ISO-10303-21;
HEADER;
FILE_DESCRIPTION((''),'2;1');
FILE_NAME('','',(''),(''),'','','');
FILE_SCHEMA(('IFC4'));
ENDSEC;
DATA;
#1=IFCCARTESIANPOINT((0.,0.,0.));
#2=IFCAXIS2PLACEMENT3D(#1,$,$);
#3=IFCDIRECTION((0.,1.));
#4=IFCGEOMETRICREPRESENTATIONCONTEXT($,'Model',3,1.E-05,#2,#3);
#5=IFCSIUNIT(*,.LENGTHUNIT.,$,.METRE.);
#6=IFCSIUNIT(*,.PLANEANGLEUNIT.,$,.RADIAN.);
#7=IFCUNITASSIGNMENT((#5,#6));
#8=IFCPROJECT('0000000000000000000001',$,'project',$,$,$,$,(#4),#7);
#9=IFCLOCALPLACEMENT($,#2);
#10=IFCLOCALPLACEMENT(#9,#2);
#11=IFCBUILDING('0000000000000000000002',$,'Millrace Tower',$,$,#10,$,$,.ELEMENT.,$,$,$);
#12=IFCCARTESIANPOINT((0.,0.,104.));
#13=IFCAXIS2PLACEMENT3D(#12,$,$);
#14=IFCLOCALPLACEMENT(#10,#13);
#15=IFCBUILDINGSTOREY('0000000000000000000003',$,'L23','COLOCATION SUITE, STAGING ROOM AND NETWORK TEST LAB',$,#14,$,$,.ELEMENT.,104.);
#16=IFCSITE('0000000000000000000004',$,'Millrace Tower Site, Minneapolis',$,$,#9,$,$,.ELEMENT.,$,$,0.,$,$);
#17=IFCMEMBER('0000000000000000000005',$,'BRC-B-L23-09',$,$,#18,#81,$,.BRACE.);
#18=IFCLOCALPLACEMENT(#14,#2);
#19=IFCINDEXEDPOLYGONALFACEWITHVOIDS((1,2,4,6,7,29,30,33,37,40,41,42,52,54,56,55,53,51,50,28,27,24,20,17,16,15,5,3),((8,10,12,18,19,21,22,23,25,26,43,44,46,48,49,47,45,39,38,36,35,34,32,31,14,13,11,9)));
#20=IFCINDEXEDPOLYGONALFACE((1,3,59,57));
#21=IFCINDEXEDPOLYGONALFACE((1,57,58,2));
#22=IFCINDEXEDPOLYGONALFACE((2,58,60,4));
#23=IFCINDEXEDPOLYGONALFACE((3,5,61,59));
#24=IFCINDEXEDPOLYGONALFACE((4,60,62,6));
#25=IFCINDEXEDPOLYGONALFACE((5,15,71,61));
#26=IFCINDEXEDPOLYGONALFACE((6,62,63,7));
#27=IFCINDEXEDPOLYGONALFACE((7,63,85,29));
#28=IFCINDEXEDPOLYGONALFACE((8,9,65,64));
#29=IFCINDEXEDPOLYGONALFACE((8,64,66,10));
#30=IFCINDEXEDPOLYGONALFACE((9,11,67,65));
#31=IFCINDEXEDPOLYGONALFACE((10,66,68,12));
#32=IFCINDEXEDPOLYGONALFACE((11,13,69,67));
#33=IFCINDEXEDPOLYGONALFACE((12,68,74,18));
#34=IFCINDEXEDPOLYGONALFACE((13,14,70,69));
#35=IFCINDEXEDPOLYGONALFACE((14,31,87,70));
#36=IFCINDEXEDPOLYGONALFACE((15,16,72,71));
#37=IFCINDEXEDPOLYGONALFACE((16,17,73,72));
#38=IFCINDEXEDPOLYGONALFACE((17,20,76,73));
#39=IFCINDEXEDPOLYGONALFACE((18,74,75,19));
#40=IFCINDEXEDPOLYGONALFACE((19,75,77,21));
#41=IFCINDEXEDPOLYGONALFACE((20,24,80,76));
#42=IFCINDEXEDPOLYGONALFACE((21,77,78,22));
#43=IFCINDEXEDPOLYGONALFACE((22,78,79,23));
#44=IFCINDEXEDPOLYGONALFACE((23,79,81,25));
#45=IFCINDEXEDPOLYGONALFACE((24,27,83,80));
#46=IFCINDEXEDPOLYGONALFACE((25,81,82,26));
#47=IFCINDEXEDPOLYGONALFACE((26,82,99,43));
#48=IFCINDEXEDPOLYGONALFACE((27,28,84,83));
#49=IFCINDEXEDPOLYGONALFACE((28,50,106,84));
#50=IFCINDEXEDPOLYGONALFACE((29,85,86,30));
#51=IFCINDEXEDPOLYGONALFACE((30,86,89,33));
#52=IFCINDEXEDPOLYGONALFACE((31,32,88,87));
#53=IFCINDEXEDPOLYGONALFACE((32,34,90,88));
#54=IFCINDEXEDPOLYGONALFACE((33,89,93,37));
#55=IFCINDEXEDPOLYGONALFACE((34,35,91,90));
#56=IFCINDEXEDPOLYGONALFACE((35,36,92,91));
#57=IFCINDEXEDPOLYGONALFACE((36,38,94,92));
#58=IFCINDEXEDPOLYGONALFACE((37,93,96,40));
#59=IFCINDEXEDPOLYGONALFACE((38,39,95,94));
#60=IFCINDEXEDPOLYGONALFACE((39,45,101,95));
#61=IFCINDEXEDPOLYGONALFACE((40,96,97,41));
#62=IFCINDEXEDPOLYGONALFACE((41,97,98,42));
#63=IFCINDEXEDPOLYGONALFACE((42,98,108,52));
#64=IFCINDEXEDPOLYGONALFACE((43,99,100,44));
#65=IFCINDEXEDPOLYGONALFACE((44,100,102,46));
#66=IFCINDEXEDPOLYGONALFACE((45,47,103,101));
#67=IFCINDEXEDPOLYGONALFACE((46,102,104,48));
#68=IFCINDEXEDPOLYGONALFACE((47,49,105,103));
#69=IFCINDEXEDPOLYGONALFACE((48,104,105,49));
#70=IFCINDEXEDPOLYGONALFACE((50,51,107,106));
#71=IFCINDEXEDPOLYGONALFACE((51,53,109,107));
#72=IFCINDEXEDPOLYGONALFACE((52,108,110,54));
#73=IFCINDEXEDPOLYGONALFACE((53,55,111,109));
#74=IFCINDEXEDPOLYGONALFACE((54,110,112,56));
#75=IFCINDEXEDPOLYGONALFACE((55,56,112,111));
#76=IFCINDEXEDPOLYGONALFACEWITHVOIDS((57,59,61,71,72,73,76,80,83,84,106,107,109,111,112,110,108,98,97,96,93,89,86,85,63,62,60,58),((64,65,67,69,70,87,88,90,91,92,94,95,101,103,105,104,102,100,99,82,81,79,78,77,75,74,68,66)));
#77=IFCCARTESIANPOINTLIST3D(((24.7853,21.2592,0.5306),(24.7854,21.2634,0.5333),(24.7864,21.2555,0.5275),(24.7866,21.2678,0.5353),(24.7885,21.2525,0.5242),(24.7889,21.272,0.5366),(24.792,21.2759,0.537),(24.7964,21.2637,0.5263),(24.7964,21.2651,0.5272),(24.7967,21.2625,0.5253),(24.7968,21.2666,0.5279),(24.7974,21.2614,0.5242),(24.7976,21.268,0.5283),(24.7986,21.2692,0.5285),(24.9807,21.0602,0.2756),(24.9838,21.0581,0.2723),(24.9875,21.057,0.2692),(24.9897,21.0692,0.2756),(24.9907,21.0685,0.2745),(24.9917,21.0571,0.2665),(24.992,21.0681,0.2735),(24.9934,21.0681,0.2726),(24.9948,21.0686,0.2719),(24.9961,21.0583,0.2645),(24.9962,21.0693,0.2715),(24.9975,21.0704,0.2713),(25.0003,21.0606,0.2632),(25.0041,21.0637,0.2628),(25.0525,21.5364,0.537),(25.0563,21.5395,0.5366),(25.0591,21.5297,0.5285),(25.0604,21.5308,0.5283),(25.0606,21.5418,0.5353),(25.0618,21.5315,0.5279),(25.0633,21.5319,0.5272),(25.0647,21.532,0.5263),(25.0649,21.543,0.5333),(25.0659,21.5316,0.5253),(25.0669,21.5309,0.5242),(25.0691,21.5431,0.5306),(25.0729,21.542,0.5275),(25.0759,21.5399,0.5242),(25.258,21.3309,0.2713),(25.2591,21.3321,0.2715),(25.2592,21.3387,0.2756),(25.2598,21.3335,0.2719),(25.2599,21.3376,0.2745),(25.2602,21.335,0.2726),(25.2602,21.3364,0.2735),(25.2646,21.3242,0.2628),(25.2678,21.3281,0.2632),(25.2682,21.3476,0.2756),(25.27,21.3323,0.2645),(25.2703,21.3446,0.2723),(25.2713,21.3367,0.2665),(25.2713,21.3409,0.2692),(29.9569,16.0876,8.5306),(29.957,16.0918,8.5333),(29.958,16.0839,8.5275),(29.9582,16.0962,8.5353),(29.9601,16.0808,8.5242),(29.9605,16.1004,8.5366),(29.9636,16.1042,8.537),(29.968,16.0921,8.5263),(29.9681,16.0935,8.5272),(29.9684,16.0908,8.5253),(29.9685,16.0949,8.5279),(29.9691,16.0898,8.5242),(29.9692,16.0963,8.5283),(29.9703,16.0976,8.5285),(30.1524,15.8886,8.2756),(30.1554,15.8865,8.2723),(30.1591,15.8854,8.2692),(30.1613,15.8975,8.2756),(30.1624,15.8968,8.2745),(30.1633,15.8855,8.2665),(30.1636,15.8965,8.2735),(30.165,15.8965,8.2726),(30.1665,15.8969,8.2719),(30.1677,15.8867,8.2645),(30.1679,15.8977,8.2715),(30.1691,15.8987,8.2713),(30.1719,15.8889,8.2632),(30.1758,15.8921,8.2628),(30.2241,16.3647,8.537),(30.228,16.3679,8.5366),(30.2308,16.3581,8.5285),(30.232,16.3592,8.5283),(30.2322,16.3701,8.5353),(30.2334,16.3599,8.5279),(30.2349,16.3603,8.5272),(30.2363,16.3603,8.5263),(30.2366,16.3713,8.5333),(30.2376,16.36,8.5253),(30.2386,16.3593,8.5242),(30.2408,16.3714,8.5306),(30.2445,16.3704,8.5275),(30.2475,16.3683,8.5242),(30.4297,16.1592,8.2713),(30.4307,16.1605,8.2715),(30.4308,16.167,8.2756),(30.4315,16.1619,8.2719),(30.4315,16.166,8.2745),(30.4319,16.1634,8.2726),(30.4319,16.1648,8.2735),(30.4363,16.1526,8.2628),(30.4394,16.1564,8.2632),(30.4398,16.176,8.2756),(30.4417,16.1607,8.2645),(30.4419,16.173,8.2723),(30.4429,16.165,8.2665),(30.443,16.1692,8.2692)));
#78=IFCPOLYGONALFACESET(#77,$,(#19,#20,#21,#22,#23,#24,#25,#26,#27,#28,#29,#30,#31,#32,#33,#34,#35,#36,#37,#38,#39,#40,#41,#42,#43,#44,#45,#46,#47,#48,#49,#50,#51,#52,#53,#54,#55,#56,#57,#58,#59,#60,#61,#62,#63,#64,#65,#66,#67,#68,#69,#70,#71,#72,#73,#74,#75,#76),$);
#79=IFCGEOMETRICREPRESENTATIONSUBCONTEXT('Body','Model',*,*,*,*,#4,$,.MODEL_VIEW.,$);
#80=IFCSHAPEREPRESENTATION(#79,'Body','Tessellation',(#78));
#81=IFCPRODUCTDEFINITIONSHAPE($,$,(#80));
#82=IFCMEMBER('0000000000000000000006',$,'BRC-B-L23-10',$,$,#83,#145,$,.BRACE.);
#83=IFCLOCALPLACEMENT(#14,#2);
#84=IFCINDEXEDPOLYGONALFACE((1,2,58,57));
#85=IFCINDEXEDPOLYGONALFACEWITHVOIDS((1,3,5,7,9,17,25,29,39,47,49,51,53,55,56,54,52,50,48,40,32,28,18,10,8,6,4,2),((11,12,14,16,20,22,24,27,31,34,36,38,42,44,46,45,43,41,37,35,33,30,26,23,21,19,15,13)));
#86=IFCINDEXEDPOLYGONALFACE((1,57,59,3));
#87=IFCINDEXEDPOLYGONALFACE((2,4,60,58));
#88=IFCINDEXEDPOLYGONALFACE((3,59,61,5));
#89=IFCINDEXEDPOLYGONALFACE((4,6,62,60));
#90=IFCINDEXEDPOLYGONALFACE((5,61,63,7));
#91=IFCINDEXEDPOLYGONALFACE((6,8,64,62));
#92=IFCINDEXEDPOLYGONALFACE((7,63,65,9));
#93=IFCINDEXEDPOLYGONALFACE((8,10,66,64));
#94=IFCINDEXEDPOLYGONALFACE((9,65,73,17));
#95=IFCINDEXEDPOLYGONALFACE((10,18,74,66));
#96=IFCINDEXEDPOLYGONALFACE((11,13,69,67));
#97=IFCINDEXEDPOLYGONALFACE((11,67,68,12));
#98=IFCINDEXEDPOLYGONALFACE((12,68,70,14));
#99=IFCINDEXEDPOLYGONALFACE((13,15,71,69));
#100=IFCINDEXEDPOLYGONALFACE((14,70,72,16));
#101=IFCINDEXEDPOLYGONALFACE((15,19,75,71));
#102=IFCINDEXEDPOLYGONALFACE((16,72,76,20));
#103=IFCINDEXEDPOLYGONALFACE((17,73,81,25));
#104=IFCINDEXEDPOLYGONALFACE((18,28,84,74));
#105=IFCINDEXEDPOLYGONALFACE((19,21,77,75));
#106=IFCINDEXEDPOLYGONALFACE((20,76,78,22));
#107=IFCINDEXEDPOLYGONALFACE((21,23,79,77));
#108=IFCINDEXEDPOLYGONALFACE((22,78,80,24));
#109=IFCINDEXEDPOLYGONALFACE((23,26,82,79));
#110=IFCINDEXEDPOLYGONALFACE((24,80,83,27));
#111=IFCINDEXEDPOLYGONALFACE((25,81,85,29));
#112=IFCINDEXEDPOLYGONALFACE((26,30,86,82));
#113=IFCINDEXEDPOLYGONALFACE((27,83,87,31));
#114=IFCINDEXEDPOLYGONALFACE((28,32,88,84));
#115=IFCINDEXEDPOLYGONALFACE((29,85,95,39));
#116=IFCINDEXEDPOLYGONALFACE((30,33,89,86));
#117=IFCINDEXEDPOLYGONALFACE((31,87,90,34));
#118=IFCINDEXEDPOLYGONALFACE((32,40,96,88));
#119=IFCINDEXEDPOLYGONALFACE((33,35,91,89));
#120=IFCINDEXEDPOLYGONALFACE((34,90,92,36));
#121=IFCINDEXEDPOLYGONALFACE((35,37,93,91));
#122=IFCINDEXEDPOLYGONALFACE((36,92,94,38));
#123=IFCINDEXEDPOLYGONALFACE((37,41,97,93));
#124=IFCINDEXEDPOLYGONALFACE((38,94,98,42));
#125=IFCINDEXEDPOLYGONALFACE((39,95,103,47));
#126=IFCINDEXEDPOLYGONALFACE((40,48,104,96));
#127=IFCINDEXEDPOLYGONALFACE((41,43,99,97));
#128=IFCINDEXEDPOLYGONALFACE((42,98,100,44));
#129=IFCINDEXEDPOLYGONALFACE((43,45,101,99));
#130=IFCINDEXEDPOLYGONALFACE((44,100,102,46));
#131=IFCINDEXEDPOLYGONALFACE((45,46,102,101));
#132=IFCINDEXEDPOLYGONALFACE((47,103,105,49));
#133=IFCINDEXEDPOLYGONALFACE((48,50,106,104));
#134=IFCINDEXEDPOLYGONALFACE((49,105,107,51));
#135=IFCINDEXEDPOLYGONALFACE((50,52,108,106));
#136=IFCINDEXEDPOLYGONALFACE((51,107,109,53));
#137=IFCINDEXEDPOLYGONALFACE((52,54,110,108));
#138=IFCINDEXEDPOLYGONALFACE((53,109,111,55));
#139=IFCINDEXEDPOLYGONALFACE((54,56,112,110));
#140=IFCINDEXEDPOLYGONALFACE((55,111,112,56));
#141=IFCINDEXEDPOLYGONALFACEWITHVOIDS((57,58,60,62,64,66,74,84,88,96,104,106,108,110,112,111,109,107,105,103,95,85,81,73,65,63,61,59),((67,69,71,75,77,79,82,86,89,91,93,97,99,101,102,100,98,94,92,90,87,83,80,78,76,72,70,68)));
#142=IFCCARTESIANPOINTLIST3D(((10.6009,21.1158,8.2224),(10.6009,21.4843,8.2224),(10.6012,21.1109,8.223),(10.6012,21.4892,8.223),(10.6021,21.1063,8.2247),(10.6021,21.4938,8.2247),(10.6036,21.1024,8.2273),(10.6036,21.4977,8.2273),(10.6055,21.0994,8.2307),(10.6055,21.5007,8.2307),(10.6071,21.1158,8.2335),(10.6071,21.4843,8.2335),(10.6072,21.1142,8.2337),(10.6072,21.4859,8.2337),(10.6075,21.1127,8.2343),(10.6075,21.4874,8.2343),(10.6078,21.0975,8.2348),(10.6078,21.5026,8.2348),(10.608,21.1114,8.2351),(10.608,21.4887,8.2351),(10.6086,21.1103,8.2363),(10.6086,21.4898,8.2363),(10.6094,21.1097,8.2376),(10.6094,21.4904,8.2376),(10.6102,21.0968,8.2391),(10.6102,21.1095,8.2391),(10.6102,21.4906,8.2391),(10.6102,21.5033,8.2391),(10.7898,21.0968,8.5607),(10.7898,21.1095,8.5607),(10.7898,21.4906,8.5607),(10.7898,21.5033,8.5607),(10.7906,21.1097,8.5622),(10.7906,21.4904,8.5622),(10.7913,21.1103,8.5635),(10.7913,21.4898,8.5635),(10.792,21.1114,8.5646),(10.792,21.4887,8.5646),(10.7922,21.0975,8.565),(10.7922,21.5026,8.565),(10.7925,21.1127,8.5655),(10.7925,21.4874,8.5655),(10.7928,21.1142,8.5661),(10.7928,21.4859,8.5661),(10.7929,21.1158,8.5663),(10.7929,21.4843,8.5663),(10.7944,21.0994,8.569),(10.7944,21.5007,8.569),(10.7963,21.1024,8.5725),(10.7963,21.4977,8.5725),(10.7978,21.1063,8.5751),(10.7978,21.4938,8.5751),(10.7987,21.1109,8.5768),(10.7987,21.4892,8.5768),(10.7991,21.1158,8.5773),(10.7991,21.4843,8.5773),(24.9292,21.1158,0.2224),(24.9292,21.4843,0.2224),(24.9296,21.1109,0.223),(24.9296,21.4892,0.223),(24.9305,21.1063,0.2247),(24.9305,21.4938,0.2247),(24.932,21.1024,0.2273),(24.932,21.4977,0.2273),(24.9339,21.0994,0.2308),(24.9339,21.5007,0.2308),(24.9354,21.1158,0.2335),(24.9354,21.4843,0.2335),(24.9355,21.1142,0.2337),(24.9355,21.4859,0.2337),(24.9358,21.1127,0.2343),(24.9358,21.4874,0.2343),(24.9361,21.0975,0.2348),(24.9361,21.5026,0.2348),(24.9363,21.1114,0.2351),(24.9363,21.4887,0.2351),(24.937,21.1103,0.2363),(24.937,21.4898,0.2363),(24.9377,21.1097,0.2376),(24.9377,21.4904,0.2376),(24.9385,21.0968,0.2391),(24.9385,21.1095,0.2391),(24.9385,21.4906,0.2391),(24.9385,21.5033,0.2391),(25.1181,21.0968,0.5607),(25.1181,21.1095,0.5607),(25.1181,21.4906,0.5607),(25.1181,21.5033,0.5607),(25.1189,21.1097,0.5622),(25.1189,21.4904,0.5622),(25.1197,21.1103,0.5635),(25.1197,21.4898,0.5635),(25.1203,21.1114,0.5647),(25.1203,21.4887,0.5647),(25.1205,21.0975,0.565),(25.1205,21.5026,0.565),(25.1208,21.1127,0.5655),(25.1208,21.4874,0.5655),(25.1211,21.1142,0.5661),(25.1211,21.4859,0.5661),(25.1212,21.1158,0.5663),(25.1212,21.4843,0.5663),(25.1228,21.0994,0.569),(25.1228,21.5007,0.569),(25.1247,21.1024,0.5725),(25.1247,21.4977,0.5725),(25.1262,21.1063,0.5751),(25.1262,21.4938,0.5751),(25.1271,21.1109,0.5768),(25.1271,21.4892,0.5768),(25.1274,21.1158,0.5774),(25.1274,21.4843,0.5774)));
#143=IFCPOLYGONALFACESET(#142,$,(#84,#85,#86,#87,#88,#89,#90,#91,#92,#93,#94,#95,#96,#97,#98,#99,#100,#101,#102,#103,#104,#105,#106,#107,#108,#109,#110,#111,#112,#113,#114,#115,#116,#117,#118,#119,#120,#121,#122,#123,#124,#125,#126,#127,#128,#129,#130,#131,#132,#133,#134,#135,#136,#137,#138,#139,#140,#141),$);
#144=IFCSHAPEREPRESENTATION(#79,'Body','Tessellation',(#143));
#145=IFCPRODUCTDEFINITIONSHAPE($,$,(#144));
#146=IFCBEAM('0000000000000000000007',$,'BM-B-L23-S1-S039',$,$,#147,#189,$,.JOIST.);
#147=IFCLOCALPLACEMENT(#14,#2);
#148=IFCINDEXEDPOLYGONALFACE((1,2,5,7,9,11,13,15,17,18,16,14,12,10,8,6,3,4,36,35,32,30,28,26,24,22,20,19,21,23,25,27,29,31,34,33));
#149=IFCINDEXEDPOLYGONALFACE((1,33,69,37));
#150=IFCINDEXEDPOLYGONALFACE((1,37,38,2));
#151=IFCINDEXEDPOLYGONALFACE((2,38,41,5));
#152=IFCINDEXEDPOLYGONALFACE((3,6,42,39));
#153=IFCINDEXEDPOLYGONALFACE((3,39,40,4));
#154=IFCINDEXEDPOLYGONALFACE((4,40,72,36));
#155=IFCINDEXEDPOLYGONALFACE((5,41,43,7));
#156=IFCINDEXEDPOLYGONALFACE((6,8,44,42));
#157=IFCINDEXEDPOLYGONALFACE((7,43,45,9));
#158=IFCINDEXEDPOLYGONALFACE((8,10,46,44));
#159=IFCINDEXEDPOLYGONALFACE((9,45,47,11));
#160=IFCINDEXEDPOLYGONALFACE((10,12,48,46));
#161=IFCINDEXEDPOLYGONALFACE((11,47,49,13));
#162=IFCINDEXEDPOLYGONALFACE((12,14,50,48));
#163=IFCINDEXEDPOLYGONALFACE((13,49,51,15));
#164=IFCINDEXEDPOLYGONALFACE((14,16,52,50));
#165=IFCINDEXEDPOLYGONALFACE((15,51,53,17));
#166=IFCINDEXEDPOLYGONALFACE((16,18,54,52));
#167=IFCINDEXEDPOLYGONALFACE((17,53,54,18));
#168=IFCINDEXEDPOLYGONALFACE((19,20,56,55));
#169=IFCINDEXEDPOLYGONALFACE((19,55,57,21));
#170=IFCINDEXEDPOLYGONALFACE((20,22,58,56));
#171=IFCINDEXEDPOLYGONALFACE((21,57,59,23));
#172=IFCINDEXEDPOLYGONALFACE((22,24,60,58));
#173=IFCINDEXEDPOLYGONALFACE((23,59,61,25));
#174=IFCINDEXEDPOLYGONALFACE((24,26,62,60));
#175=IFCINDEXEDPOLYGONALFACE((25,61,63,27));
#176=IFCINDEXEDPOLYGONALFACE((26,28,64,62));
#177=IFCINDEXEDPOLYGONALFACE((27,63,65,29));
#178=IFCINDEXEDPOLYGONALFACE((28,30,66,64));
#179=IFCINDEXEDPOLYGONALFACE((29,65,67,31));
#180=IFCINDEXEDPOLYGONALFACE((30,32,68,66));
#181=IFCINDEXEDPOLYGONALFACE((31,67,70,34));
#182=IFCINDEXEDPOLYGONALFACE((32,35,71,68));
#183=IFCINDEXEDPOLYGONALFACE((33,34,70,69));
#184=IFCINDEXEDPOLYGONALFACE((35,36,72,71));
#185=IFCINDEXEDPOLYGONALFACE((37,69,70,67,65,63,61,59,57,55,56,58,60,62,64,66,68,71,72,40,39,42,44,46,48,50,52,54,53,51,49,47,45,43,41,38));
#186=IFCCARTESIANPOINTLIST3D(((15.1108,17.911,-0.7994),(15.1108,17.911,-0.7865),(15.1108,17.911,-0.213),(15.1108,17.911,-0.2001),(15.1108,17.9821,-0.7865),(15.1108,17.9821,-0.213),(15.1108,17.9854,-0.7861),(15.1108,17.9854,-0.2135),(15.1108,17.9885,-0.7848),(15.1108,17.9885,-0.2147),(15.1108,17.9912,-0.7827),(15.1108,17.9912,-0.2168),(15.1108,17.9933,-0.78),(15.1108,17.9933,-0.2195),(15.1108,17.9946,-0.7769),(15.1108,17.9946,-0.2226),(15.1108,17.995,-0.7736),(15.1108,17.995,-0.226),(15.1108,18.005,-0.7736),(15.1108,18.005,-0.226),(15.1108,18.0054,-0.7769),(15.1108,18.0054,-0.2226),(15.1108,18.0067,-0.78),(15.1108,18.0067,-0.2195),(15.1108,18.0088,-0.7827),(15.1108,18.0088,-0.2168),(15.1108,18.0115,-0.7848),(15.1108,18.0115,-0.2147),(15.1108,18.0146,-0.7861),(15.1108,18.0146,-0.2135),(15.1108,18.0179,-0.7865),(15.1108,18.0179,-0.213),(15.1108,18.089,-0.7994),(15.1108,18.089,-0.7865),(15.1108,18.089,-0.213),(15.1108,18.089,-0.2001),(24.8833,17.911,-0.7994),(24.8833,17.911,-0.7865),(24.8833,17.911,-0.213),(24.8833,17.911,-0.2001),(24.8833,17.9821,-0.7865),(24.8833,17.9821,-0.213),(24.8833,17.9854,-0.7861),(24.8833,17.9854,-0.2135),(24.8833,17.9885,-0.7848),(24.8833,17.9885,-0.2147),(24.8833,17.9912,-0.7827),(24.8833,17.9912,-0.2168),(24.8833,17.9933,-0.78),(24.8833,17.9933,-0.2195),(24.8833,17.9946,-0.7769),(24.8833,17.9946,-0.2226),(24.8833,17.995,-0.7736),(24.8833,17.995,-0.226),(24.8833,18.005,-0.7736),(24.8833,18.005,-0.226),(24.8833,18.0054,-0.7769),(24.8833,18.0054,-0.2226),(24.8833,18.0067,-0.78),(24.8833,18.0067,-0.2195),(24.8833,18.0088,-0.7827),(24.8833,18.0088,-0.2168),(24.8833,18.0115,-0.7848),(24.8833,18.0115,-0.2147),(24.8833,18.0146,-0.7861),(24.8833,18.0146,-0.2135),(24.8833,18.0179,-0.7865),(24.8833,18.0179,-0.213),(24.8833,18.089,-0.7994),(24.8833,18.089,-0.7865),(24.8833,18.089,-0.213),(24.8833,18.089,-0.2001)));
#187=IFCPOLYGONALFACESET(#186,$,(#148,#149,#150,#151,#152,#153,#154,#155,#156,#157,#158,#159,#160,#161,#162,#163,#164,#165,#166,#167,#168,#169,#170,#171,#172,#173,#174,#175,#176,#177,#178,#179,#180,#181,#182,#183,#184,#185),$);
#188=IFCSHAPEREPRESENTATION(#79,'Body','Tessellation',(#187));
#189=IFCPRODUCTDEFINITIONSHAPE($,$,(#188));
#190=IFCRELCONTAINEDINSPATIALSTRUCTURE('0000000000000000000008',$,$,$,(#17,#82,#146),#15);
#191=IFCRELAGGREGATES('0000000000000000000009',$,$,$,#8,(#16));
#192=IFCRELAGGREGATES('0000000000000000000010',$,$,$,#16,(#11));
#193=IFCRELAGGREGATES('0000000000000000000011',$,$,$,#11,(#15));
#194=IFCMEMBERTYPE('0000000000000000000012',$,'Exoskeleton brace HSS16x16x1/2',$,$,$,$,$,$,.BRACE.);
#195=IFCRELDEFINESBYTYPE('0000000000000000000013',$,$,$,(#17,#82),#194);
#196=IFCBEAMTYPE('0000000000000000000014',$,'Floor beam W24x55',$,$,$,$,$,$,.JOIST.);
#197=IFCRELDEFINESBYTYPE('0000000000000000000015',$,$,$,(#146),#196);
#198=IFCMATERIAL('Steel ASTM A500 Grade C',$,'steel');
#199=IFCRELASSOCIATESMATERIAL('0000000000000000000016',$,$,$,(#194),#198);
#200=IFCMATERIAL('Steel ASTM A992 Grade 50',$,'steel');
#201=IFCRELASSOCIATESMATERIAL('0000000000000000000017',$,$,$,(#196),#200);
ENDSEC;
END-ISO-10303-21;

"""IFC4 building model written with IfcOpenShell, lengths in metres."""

from ifc_helpers import new_model, si_unit, direction, frame, origin, origin_2d, place, context, subcontext, project, spatial, hollow_rectangle, i_section, extrude, material, material_profile, profile_set, type_object, element, save


model = new_model("IFC4")

# Units and contexts
model_context = context("Model", 3, precision=1e-05, world=origin(), true_north=direction((0.0, 1.0)))
body_context = subcontext(model_context, "Body", "Model", "MODEL_VIEW")
ifc_project = project(units=[si_unit("LENGTHUNIT", "METRE"), si_unit("PLANEANGLEUNIT", "RADIAN")], contexts=[model_context])

# Site, building, storey
site_placement = place(None, origin())
site = spatial("IfcSite", under=ifc_project, at=site_placement, Name="Millrace Tower Site, Minneapolis", CompositionType="ELEMENT", RefElevation=0.0)
building_placement = place(site_placement, origin())
building = spatial("IfcBuilding", under=site, at=building_placement, Name="Millrace Tower", CompositionType="ELEMENT")
storey_placement = place(building_placement, frame((0.0, 0.0, 104.0)))
storey = spatial("IfcBuildingStorey", under=building, at=storey_placement, Name="L23", Description="COLOCATION SUITE, STAGING ROOM AND NETWORK TEST LAB", CompositionType="ELEMENT", Elevation=104.0)

# Members
ifc_material_1 = material(Name="Steel ASTM A500 Grade C", Category="steel")
ifc_material_profile_1 = material_profile(ifc_material_1, hollow_rectangle(XDim=0.4065, YDim=0.4065, WallThickness=0.0127, InnerFilletRadius=0.0063, OuterFilletRadius=0.019, at=origin_2d()))
ifc_profile_set_1 = profile_set([ifc_material_profile_1], Name="Steel ASTM A500 Grade C")
member_type_1 = type_object("IfcMemberType", Name="Exoskeleton brace HSS16x16x1/2", PredefinedType="BRACE", material=ifc_profile_set_1)
member_1_placement = place(storey_placement, frame((25.0283, 21.3, 0.3999), z_axis=(0.477116, -0.477116, 0.738052), x_axis=(0.707107, 0.707107, 0.0)))
element("IfcMember", 1, at=member_1_placement, inside=storey, type_object=member_type_1, Name="BRC-B-L23-09", PredefinedType="BRACE", context=body_context, shape_type="SweptSolid", body=[
    extrude(hollow_rectangle(XDim=0.4065, YDim=0.4065, WallThickness=0.0127, InnerFilletRadius=0.0063, OuterFilletRadius=0.019, at=origin_2d()), origin(), (0.0, 0.0, 1.0), 10.8394),
])
member_2_placement = place(storey_placement, frame((25.0283, 21.3, 0.3999), z_axis=(-0.873126, 0.0, 0.487495), x_axis=(0.0, -1.0, 0.0)))
element("IfcMember", 2, at=member_2_placement, inside=storey, type_object=member_type_1, Name="BRC-B-L23-10", PredefinedType="BRACE", context=body_context, shape_type="SweptSolid", body=[
    extrude(hollow_rectangle(XDim=0.4065, YDim=0.4065, WallThickness=0.0127, InnerFilletRadius=0.0063, OuterFilletRadius=0.019, at=origin_2d()), origin(), (0.0, 0.0, 1.0), 16.4104),
])

# Beam
ifc_material_2 = material(Name="Steel ASTM A992 Grade 50", Category="steel")
ifc_material_profile_2 = material_profile(ifc_material_2, i_section(OverallWidth=0.178, OverallDepth=0.5994, WebThickness=0.01, FlangeThickness=0.0129, FilletRadius=0.0129, at=origin_2d()))
ifc_profile_set_2 = profile_set([ifc_material_profile_2], Name="Steel ASTM A992 Grade 50")
beam_type_1 = type_object("IfcBeamType", Name="Floor beam W24x55", PredefinedType="JOIST", material=ifc_profile_set_2)
beam_1_placement = place(storey_placement, frame((15.1108, 18.0, -0.4998), z_axis=(1.0, 0.0, 0.0), x_axis=(0.0, 1.0, 0.0)))
element("IfcBeam", 3, at=beam_1_placement, inside=storey, type_object=beam_type_1, Name="BM-B-L23-S1-S039", PredefinedType="JOIST", context=body_context, shape_type="SweptSolid", body=[
    extrude(i_section(OverallWidth=0.178, OverallDepth=0.5994, WebThickness=0.01, FlangeThickness=0.0129, FilletRadius=0.0129, at=origin_2d()), origin(), (0.0, 0.0, 1.0), 9.7725),
])

save(model, "model.ifc")
